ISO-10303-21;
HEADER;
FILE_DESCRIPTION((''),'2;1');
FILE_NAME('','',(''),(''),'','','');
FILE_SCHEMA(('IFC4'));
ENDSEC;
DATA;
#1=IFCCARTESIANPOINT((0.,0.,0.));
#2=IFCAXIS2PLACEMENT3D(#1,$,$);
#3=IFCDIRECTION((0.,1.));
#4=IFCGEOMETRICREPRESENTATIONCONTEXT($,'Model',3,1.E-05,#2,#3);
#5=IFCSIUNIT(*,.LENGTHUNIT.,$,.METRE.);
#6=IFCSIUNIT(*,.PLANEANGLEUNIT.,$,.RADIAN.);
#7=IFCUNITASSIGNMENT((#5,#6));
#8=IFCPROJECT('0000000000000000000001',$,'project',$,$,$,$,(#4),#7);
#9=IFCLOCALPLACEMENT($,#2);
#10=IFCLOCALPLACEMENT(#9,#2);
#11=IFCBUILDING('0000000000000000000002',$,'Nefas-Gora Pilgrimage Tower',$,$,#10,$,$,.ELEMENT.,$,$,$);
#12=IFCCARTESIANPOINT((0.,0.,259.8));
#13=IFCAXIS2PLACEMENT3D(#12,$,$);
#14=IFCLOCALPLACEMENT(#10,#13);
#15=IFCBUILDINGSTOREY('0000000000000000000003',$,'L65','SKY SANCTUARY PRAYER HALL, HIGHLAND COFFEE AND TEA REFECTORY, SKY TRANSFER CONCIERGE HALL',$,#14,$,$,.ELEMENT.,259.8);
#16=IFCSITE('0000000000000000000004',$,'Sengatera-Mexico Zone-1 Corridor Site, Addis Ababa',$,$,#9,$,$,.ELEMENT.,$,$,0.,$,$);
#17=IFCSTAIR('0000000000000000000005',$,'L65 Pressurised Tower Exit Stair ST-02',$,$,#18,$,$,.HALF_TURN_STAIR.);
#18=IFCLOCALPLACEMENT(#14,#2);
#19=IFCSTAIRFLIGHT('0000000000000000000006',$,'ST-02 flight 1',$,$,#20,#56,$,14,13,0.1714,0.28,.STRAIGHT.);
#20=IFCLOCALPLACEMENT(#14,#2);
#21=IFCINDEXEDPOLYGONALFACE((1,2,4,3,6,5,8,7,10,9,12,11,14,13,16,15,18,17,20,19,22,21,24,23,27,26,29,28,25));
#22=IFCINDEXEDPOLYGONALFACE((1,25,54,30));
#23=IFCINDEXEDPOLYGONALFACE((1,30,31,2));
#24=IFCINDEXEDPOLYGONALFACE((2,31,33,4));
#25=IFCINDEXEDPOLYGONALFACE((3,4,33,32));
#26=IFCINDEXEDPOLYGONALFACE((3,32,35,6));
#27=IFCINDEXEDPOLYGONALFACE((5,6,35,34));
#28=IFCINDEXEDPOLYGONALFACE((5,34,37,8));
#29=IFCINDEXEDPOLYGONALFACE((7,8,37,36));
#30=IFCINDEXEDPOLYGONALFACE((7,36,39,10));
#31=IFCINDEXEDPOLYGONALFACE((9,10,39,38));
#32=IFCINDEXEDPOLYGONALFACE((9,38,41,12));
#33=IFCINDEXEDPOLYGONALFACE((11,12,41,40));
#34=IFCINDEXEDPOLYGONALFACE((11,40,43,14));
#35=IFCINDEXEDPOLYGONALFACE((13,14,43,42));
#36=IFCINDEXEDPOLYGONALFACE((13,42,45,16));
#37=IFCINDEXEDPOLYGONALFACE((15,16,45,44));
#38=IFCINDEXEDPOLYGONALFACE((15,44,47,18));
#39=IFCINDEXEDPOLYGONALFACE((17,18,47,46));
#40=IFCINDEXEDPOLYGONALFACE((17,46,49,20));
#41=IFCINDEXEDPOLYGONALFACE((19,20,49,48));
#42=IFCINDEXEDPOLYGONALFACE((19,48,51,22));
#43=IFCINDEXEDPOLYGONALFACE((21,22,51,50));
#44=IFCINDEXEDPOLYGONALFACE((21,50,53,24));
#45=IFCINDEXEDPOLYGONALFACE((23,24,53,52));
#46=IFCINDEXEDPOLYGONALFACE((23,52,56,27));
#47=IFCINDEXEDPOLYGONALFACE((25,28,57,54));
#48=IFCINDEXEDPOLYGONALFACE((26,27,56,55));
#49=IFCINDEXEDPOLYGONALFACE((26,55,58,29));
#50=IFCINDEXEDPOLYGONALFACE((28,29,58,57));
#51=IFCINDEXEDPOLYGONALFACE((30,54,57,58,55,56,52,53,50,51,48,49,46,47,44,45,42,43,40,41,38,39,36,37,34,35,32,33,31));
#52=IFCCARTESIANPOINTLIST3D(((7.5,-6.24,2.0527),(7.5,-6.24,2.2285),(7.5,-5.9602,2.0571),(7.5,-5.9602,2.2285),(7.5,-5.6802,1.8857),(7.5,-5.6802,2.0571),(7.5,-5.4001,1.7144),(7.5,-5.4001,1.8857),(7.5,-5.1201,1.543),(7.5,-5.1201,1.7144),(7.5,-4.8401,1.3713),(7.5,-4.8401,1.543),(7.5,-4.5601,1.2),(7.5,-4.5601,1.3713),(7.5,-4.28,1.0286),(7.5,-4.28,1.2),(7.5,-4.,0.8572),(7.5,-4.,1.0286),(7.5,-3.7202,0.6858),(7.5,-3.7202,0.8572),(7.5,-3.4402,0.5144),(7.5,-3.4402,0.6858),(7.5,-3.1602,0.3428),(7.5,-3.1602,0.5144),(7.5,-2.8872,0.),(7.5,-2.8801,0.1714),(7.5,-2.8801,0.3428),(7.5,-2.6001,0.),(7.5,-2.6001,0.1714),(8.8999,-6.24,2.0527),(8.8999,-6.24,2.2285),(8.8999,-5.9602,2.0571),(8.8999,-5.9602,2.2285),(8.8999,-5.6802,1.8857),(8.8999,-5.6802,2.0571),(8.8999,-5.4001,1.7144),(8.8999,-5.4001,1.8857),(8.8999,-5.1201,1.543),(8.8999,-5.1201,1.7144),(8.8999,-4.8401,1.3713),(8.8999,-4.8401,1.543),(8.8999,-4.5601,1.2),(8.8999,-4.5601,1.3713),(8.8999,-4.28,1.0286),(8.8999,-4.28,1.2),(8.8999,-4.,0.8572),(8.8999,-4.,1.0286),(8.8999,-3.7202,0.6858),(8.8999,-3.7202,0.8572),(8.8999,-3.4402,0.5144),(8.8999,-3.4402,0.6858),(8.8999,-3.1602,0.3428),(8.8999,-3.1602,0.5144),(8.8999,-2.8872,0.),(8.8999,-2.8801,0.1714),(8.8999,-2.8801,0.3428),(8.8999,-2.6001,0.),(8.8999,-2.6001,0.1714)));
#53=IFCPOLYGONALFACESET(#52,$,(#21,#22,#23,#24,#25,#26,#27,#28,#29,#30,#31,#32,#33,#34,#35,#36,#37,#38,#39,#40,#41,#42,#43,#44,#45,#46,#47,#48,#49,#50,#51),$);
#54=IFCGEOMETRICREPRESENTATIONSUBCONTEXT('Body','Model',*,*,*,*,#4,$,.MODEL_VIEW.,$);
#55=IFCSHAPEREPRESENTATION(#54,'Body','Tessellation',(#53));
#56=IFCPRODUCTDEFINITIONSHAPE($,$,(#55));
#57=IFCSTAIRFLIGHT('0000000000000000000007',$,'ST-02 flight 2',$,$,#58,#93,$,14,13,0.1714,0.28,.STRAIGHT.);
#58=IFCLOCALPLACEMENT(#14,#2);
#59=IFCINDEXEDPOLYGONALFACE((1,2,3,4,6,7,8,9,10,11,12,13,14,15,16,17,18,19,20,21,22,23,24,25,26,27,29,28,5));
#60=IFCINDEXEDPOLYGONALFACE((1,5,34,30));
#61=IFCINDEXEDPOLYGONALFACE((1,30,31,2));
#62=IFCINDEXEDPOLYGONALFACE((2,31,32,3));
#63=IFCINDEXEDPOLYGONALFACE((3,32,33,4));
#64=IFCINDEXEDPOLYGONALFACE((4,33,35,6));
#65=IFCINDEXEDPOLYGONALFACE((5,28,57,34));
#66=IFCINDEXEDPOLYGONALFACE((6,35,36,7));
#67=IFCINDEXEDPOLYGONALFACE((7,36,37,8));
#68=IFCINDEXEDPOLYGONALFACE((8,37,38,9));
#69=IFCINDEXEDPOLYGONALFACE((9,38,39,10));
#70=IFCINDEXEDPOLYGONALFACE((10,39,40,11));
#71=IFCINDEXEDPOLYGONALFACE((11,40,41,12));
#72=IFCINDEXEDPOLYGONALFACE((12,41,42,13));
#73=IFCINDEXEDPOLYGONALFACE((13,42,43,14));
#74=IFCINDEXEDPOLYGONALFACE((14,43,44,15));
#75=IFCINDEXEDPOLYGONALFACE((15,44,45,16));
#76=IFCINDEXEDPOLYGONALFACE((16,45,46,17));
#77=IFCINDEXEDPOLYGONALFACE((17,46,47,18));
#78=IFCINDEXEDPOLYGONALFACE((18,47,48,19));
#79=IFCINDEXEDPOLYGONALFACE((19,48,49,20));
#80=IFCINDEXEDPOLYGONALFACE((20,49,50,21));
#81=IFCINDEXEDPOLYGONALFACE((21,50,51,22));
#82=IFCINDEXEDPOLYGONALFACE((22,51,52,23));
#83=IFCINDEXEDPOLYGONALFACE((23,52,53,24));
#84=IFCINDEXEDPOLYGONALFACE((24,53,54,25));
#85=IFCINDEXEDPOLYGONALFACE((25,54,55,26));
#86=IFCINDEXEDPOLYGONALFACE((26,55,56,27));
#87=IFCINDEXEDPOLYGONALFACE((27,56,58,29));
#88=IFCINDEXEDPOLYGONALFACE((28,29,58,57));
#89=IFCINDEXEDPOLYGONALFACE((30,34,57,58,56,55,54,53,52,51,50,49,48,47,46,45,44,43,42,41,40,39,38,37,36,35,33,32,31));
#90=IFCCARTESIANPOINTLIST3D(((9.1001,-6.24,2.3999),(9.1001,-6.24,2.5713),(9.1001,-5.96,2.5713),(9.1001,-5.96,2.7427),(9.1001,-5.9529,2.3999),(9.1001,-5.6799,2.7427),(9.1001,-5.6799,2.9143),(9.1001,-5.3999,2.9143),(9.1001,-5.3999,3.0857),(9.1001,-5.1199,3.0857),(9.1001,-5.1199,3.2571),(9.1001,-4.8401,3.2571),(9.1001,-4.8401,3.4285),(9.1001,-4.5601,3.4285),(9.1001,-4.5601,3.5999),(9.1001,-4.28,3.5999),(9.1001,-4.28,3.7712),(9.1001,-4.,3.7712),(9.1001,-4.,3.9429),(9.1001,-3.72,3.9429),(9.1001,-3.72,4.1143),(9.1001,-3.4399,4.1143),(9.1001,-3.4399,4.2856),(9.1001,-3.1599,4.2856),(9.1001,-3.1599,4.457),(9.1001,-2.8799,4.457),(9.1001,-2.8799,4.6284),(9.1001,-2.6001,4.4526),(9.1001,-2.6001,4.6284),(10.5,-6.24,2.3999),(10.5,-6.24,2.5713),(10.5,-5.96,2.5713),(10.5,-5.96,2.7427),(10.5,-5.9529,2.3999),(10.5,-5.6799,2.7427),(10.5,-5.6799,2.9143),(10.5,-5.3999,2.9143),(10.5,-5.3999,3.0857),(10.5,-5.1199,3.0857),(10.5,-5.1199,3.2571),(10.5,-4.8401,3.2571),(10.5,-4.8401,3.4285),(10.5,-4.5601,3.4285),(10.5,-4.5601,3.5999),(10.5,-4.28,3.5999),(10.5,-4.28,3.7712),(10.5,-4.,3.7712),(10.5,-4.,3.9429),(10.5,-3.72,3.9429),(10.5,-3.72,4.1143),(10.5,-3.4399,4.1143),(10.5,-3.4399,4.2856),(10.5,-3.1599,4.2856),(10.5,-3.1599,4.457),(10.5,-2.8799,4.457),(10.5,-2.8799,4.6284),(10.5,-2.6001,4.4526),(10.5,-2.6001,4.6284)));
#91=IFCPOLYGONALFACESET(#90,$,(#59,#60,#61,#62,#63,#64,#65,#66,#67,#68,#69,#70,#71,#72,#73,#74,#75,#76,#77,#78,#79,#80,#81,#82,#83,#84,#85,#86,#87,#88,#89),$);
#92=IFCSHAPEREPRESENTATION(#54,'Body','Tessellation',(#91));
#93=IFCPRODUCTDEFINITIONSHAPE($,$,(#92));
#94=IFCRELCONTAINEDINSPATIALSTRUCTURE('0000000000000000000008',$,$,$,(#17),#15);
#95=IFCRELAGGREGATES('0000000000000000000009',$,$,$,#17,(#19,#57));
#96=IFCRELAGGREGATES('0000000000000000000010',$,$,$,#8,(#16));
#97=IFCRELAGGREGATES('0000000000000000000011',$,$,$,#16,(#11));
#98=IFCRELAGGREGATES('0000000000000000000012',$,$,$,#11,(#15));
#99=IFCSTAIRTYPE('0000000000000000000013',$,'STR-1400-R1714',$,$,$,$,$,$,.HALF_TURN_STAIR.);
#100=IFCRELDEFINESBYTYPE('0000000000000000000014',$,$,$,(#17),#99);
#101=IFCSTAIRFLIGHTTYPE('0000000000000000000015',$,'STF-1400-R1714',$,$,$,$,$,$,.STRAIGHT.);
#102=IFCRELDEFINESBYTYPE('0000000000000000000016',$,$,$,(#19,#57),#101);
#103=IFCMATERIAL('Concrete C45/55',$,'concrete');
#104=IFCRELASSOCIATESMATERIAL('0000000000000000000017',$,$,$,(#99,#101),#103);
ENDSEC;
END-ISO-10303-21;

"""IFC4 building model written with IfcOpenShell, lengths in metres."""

from ifc_helpers import new_model, si_unit, direction, frame, origin, place, context, subcontext, project, spatial, polyline, outline, extrude, source, transform, mapped, material, type_object, element, aggregate, save


model = new_model("IFC4")

# Units and contexts
model_context = context("Model", 3, precision=1e-05, world=origin(), true_north=direction((0.0, 1.0)))
body_context = subcontext(model_context, "Body", "Model", "MODEL_VIEW")
ifc_project = project(units=[si_unit("LENGTHUNIT", "METRE"), si_unit("PLANEANGLEUNIT", "RADIAN")], contexts=[model_context])

# Site, building, storey
site_placement = place(None, origin())
site = spatial("IfcSite", under=ifc_project, at=site_placement, Name="Sengatera-Mexico Zone-1 Corridor Site, Addis Ababa", CompositionType="ELEMENT", RefElevation=0.0)
building_placement = place(site_placement, origin())
building = spatial("IfcBuilding", under=site, at=building_placement, Name="Nefas-Gora Pilgrimage Tower", CompositionType="ELEMENT")
storey_placement = place(building_placement, frame((0.0, 0.0, 259.8)))
storey = spatial("IfcBuildingStorey", under=building, at=storey_placement, Name="L65", Description="SKY SANCTUARY PRAYER HALL, HIGHLAND COFFEE AND TEA REFECTORY, SKY TRANSFER CONCIERGE HALL", CompositionType="ELEMENT", Elevation=259.8)

# Stair
ifc_material_1 = material(Name="Concrete C45/55", Category="concrete")
stair_type = type_object("IfcStairType", Name="STR-1400-R1714", PredefinedType="HALF_TURN_STAIR", material=ifc_material_1)
stair_placement = place(storey_placement, origin())
stair = element("IfcStair", 1, at=stair_placement, inside=storey, type_object=stair_type, Name="L65 Pressurised Tower Exit Stair ST-02", PredefinedType="HALF_TURN_STAIR")

# Stair flights
stair_flight_type = type_object("IfcStairFlightType", Name="STF-1400-R1714", PredefinedType="STRAIGHT", material=ifc_material_1)
shared_shape_1 = source(origin(), body_context, "Body", "SweptSolid", [
    extrude(outline(polyline([(0.0, 0.0), (0.0, 0.1714), (0.28, 0.1714), (0.28, 0.3428), (0.5601, 0.3428), (0.5601, 0.5144), (0.8401, 0.5144), (0.8401, 0.6858), (1.1201, 0.6858), (1.1201, 0.8572), (1.3999, 0.8572), (1.3999, 1.0286), (1.6799, 1.0286), (1.6799, 1.2), (1.96, 1.2), (1.96, 1.3713), (2.24, 1.3713), (2.24, 1.543), (2.52, 1.543), (2.52, 1.7144), (2.8, 1.7144), (2.8, 1.8857), (3.0801, 1.8857), (3.0801, 2.0571), (3.3601, 2.0571), (3.3601, 2.2285), (3.6399, 2.2285), (3.6399, 2.3999), (3.6399, 2.0527), (0.2871, 0.0), (0.0, 0.0)])), frame((0.0, 0.7, 0.0), z_axis=(0.0, -1.0, 0.0), x_axis=(1.0, 0.0, 0.0)), (0.0, 0.0, 1.0), 1.3999),
])
stair_flight_1_placement = place(storey_placement, frame((8.2, -2.6001, 0.0), z_axis=(0.0, 0.0, 1.0), x_axis=(0.0, -1.0, 0.0)))
stair_flight_1 = element("IfcStairFlight", 2, at=stair_flight_1_placement, type_object=stair_flight_type, Name="ST-02 flight 1", NumberOfRisers=14, NumberOfTreads=13, PredefinedType="STRAIGHT", RiserHeight=0.1714, TreadLength=0.28, context=body_context, shape_type="MappedRepresentation", body=[
    mapped(shared_shape_1, transform((0.0, 0.0, 0.0), x_axis=(1.0, 0.0, 0.0), y_axis=(0.0, 1.0, 0.0), z_axis=(0.0, 0.0, 1.0), scale=1.0)),
])
stair_flight_2_placement = place(storey_placement, frame((9.8, -6.24, 2.3999), z_axis=(0.0, 0.0, 1.0), x_axis=(0.0, 1.0, 0.0)))
stair_flight_2 = element("IfcStairFlight", 3, at=stair_flight_2_placement, type_object=stair_flight_type, Name="ST-02 flight 2", NumberOfRisers=14, NumberOfTreads=13, PredefinedType="STRAIGHT", RiserHeight=0.1714, TreadLength=0.28, context=body_context, shape_type="MappedRepresentation", body=[
    mapped(shared_shape_1, transform((0.0, 0.0, 0.0), x_axis=(1.0, 0.0, 0.0), y_axis=(0.0, 1.0, 0.0), z_axis=(0.0, 0.0, 1.0), scale=1.0)),
])
aggregate(stair, [stair_flight_1, stair_flight_2])

save(model, "model.ifc")
